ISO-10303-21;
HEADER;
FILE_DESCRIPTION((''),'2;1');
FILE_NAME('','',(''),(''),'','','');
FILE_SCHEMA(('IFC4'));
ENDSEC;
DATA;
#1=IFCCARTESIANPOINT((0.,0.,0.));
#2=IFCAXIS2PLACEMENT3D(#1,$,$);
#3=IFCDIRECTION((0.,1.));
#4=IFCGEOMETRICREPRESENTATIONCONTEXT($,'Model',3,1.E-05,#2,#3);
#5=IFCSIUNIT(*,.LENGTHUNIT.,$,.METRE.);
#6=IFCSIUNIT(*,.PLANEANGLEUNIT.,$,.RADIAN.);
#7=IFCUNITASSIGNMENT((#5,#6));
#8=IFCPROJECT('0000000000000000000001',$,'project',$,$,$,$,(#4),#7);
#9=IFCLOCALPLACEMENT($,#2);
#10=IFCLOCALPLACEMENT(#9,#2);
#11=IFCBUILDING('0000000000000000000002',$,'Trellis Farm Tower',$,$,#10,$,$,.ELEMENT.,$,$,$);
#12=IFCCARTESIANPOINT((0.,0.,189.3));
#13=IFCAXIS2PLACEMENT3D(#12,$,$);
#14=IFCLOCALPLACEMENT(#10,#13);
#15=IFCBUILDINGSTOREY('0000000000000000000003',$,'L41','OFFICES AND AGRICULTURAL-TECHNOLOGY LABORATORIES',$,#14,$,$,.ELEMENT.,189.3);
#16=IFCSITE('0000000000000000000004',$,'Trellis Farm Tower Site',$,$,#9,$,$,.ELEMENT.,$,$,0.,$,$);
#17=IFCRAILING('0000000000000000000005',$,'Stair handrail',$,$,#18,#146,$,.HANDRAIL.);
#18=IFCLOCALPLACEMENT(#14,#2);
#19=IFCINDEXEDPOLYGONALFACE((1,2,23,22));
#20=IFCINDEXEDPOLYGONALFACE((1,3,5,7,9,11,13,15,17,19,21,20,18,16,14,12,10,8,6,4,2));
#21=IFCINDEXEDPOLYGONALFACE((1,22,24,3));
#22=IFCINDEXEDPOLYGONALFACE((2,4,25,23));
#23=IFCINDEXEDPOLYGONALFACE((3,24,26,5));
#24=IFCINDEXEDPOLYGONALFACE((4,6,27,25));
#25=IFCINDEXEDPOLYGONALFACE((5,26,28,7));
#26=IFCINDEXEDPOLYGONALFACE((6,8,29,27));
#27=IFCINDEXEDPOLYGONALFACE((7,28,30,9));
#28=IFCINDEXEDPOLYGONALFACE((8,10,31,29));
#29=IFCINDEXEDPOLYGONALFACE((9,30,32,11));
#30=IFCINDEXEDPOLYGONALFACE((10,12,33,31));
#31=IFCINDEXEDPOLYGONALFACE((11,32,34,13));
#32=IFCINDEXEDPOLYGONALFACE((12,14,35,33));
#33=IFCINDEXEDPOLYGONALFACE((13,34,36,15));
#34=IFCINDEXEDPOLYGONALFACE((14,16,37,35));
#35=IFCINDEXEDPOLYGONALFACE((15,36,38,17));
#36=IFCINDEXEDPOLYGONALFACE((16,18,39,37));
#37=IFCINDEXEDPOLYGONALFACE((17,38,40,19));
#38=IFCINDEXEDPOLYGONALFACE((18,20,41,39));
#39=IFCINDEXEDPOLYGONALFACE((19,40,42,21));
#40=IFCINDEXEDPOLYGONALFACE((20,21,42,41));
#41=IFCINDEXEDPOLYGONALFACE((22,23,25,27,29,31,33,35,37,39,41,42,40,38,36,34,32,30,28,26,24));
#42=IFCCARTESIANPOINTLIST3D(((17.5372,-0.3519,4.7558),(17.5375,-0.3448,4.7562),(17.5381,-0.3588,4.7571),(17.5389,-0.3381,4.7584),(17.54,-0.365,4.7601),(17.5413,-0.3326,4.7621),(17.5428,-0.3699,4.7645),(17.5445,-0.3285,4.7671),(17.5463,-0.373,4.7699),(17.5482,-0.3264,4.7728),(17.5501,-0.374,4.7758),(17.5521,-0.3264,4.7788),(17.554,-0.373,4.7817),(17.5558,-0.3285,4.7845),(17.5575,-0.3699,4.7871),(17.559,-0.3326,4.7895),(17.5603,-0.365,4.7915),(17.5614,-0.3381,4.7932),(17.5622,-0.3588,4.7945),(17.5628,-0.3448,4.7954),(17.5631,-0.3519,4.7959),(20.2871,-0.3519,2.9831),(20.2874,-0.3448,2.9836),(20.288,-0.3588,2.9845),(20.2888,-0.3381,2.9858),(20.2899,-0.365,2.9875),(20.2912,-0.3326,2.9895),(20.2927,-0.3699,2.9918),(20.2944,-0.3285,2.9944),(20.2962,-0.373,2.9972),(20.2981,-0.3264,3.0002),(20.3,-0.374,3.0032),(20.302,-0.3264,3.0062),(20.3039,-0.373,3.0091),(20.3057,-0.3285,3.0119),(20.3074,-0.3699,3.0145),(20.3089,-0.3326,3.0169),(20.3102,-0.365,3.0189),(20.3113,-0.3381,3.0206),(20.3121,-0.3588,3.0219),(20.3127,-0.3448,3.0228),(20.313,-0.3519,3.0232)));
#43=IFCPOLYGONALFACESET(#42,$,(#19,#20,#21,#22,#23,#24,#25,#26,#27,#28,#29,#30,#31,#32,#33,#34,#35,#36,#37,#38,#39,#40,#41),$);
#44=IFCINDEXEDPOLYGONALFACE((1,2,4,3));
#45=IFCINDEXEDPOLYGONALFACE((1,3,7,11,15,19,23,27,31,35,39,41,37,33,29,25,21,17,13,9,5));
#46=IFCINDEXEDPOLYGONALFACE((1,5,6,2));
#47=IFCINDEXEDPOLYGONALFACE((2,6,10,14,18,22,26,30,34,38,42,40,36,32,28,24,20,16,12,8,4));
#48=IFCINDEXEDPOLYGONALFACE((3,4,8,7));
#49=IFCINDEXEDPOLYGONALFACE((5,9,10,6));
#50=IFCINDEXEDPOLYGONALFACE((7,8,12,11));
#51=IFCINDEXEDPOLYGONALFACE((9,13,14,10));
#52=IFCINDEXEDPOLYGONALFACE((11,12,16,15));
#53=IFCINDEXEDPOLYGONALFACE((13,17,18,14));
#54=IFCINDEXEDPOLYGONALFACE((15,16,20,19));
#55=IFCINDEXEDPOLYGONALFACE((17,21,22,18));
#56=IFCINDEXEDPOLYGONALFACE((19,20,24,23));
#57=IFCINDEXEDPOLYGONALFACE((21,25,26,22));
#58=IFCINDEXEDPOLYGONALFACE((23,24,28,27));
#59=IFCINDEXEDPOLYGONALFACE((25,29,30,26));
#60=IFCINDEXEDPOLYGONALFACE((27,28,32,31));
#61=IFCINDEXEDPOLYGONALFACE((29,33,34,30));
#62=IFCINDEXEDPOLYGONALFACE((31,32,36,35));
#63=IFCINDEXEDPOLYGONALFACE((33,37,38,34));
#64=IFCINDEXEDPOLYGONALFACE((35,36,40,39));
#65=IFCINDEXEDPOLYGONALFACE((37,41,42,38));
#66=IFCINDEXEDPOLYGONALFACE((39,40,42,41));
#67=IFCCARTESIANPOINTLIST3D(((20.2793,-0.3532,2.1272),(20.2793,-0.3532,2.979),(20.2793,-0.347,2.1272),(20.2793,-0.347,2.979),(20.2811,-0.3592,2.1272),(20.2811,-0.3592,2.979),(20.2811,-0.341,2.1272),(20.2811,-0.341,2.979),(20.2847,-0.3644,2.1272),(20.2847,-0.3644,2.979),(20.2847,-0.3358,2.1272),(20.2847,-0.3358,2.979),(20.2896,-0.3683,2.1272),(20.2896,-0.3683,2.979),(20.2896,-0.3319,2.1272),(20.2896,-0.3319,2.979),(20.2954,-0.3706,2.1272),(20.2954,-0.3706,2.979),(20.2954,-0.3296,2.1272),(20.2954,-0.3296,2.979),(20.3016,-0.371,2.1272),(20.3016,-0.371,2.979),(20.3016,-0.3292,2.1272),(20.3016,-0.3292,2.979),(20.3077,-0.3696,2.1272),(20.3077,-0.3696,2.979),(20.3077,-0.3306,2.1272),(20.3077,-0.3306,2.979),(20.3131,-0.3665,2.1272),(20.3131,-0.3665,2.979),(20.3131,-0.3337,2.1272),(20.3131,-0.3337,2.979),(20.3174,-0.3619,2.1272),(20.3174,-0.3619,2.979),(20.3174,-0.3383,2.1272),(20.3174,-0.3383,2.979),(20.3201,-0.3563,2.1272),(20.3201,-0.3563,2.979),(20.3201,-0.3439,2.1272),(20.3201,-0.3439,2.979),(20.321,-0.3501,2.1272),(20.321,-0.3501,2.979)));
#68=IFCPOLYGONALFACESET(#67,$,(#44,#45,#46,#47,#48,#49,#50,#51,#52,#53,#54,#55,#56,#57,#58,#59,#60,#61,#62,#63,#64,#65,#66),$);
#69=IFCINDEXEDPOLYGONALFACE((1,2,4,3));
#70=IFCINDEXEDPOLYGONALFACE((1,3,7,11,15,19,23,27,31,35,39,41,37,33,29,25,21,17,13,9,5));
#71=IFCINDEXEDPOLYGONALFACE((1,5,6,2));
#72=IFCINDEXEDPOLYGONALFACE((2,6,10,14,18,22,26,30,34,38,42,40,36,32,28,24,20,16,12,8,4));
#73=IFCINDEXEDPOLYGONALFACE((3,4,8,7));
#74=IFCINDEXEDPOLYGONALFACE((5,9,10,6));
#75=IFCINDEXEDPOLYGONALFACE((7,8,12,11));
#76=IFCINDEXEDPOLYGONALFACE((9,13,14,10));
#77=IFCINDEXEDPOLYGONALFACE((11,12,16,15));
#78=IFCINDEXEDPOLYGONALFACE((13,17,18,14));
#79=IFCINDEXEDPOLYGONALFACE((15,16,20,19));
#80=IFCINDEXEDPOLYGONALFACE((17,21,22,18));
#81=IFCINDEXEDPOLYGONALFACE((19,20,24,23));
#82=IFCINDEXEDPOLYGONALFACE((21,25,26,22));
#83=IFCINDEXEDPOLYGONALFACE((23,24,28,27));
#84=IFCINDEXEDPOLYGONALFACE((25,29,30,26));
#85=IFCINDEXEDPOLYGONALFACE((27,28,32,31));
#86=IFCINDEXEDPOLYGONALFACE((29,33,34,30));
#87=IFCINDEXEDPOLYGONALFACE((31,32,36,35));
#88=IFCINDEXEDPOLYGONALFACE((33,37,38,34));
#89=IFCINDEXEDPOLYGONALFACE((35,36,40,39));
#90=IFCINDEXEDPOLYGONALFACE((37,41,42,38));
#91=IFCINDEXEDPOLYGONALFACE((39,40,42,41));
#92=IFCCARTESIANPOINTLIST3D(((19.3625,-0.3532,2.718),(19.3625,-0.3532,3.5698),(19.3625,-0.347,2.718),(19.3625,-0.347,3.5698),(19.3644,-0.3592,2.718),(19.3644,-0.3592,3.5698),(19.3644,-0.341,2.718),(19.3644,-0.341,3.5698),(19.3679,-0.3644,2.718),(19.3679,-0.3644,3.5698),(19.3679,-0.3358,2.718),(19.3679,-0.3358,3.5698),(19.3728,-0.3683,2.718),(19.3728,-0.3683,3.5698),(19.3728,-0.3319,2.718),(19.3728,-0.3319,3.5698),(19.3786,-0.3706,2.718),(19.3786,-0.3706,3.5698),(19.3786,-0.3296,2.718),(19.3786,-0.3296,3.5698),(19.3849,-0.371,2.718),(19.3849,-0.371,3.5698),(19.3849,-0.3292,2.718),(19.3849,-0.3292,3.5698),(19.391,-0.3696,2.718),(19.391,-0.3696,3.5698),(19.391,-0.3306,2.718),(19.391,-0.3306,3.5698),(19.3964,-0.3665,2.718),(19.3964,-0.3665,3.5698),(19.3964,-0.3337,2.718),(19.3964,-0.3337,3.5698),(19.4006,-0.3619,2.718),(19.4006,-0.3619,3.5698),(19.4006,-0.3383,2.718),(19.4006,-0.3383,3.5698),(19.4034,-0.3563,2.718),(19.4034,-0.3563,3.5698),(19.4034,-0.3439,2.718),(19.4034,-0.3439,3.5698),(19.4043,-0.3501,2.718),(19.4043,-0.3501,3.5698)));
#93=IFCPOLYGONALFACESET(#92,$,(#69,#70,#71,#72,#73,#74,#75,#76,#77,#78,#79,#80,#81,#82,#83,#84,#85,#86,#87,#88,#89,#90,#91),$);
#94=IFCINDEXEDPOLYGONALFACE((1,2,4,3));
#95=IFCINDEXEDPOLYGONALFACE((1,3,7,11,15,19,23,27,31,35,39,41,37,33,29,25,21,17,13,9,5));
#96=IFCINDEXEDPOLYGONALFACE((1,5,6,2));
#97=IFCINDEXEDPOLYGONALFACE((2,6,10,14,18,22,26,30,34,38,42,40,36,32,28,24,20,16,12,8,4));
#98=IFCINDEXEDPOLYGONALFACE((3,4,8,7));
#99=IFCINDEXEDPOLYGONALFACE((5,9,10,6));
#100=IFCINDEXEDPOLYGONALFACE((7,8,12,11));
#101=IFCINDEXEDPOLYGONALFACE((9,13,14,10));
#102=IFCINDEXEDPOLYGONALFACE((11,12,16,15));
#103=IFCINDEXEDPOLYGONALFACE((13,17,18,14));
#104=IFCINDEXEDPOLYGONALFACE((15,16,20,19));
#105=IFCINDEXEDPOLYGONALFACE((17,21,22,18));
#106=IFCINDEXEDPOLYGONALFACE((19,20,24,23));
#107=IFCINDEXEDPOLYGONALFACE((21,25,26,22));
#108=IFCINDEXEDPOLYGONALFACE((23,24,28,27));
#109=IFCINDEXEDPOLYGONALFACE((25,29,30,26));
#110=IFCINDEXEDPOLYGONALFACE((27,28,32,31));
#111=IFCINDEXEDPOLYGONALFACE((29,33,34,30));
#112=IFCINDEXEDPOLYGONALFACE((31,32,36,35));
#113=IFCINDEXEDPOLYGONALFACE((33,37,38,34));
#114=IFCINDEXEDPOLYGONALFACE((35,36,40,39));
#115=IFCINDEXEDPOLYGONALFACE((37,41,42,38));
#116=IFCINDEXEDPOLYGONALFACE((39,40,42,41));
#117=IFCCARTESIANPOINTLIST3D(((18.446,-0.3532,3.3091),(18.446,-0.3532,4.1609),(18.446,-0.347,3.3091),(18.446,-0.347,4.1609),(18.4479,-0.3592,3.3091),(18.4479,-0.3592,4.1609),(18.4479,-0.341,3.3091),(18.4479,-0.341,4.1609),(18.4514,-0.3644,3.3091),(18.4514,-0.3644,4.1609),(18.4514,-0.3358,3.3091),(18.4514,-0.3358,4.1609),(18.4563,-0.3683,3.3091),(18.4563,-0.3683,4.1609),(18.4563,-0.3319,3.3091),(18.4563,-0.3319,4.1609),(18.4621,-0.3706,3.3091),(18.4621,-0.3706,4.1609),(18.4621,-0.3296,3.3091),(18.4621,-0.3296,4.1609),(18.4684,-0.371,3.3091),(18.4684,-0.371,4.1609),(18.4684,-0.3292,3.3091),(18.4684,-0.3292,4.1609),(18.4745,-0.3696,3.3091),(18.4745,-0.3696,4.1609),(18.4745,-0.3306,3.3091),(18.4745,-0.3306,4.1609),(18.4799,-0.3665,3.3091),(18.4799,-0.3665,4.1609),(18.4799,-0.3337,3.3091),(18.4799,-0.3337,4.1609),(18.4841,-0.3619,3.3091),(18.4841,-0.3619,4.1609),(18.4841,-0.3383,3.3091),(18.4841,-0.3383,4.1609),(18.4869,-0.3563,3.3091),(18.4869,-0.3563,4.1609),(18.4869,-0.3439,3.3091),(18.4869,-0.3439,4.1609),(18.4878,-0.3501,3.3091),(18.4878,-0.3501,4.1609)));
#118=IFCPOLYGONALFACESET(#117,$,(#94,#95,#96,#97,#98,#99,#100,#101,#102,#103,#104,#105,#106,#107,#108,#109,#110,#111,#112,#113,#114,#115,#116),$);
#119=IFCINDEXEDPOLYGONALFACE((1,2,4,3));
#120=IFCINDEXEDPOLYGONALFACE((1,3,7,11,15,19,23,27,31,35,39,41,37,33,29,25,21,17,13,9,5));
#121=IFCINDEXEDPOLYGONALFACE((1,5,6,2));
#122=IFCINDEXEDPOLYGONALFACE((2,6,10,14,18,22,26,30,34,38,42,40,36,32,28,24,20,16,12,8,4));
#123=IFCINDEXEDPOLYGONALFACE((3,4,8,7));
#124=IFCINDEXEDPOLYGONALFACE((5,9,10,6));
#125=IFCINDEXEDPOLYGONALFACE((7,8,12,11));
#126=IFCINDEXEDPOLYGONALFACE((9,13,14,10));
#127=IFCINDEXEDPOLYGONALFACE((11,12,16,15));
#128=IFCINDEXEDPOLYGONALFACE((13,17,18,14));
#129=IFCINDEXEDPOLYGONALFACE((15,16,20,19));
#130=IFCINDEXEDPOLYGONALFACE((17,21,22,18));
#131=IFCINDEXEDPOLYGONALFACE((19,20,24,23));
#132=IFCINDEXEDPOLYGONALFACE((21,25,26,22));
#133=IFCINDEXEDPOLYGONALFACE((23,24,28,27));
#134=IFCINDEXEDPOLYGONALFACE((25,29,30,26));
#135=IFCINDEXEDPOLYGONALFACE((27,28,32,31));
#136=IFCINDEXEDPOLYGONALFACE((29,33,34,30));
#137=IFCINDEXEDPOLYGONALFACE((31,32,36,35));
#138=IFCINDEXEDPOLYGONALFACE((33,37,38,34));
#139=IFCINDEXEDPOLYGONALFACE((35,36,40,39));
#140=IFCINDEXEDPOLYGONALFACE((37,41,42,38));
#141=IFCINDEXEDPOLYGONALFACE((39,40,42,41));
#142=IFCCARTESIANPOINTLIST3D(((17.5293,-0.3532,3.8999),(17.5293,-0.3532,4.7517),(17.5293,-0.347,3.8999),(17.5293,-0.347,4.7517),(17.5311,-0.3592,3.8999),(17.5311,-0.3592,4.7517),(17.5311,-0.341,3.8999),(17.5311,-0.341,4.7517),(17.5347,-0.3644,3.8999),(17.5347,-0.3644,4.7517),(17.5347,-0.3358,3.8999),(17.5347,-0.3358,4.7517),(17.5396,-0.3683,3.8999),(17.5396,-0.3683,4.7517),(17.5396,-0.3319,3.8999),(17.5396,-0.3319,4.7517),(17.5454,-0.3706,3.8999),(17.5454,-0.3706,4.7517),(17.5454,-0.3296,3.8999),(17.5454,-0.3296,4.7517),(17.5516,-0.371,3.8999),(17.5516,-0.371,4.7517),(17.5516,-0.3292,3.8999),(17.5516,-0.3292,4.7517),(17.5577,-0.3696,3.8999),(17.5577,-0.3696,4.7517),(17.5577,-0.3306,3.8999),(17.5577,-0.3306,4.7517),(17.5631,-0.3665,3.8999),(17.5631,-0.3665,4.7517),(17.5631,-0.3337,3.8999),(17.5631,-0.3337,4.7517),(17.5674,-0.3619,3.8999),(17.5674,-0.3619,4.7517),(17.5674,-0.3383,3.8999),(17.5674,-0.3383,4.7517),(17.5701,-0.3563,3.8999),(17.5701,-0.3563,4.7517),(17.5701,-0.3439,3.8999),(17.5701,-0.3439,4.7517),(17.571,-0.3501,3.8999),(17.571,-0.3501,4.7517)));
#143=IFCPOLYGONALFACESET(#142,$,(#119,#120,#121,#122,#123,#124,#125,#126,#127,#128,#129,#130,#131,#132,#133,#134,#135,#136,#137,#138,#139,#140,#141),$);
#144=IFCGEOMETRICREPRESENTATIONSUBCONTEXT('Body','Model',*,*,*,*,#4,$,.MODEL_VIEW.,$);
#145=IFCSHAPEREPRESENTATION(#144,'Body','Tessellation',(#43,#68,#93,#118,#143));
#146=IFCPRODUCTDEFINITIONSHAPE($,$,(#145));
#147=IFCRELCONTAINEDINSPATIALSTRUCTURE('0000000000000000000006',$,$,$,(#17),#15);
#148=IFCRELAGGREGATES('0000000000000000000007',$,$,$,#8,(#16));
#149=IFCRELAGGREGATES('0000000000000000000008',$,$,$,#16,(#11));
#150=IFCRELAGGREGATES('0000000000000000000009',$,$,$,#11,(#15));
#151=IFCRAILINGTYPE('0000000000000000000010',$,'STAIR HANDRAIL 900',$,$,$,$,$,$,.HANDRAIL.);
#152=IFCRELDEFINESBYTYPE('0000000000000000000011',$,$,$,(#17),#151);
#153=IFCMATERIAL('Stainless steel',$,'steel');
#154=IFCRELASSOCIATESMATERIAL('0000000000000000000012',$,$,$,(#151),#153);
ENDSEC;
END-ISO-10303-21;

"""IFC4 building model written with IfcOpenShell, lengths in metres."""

from ifc_helpers import new_model, si_unit, direction, frame, origin, origin_2d, place, context, subcontext, project, spatial, circle, extrude, source, transform, mapped, material, type_object, element, save


model = new_model("IFC4")

# Units and contexts
model_context = context("Model", 3, precision=1e-05, world=origin(), true_north=direction((0.0, 1.0)))
body_context = subcontext(model_context, "Body", "Model", "MODEL_VIEW")
ifc_project = project(units=[si_unit("LENGTHUNIT", "METRE"), si_unit("PLANEANGLEUNIT", "RADIAN")], contexts=[model_context])

# Site, building, storey
site_placement = place(None, origin())
site = spatial("IfcSite", under=ifc_project, at=site_placement, Name="Trellis Farm Tower Site", CompositionType="ELEMENT", RefElevation=0.0)
building_placement = place(site_placement, origin())
building = spatial("IfcBuilding", under=site, at=building_placement, Name="Trellis Farm Tower", CompositionType="ELEMENT")
storey_placement = place(building_placement, frame((0.0, 0.0, 189.3)))
storey = spatial("IfcBuildingStorey", under=building, at=storey_placement, Name="L41", Description="OFFICES AND AGRICULTURAL-TECHNOLOGY LABORATORIES", CompositionType="ELEMENT", Elevation=189.3)

# Railing
ifc_material_1 = material(Name="Stainless steel", Category="steel")
railing_type = type_object("IfcRailingType", Name="STAIR HANDRAIL 900", PredefinedType="HANDRAIL", material=ifc_material_1)
shared_shape_1 = source(origin(), body_context, "Body", "SweptSolid", [
    extrude(circle(Radius=0.0239, at=origin_2d()), frame((0.0, 0.0, 0.876), z_axis=(-0.840504, 0.0, 0.541806), x_axis=(0.0, -1.0, 0.0)), (0.0, 0.0, 1.0), 3.2717),
    extrude(circle(Radius=0.021, at=origin_2d()), origin(), (0.0, 0.0, 1.0), 0.8518),
    extrude(circle(Radius=0.021, at=origin_2d()), frame((-0.9167, 0.0, 0.5908)), (0.0, 0.0, 1.0), 0.8518),
    extrude(circle(Radius=0.021, at=origin_2d()), frame((-1.8333, 0.0, 1.1819)), (0.0, 0.0, 1.0), 0.8518),
    extrude(circle(Radius=0.021, at=origin_2d()), frame((-2.75, 0.0, 1.7727)), (0.0, 0.0, 1.0), 0.8518),
])
for number, where, name in (
    (1, (20.3, -0.3501, 2.1272), "Stair handrail"),
):
    element("IfcRailing", number, at=place(storey_placement, frame(where)), inside=storey, type_object=railing_type, Name=name, PredefinedType="HANDRAIL", context=body_context, shape_type="MappedRepresentation", body=[
        mapped(shared_shape_1, transform((0.0, 0.0, 0.0))),
    ])

save(model, "model.ifc")
